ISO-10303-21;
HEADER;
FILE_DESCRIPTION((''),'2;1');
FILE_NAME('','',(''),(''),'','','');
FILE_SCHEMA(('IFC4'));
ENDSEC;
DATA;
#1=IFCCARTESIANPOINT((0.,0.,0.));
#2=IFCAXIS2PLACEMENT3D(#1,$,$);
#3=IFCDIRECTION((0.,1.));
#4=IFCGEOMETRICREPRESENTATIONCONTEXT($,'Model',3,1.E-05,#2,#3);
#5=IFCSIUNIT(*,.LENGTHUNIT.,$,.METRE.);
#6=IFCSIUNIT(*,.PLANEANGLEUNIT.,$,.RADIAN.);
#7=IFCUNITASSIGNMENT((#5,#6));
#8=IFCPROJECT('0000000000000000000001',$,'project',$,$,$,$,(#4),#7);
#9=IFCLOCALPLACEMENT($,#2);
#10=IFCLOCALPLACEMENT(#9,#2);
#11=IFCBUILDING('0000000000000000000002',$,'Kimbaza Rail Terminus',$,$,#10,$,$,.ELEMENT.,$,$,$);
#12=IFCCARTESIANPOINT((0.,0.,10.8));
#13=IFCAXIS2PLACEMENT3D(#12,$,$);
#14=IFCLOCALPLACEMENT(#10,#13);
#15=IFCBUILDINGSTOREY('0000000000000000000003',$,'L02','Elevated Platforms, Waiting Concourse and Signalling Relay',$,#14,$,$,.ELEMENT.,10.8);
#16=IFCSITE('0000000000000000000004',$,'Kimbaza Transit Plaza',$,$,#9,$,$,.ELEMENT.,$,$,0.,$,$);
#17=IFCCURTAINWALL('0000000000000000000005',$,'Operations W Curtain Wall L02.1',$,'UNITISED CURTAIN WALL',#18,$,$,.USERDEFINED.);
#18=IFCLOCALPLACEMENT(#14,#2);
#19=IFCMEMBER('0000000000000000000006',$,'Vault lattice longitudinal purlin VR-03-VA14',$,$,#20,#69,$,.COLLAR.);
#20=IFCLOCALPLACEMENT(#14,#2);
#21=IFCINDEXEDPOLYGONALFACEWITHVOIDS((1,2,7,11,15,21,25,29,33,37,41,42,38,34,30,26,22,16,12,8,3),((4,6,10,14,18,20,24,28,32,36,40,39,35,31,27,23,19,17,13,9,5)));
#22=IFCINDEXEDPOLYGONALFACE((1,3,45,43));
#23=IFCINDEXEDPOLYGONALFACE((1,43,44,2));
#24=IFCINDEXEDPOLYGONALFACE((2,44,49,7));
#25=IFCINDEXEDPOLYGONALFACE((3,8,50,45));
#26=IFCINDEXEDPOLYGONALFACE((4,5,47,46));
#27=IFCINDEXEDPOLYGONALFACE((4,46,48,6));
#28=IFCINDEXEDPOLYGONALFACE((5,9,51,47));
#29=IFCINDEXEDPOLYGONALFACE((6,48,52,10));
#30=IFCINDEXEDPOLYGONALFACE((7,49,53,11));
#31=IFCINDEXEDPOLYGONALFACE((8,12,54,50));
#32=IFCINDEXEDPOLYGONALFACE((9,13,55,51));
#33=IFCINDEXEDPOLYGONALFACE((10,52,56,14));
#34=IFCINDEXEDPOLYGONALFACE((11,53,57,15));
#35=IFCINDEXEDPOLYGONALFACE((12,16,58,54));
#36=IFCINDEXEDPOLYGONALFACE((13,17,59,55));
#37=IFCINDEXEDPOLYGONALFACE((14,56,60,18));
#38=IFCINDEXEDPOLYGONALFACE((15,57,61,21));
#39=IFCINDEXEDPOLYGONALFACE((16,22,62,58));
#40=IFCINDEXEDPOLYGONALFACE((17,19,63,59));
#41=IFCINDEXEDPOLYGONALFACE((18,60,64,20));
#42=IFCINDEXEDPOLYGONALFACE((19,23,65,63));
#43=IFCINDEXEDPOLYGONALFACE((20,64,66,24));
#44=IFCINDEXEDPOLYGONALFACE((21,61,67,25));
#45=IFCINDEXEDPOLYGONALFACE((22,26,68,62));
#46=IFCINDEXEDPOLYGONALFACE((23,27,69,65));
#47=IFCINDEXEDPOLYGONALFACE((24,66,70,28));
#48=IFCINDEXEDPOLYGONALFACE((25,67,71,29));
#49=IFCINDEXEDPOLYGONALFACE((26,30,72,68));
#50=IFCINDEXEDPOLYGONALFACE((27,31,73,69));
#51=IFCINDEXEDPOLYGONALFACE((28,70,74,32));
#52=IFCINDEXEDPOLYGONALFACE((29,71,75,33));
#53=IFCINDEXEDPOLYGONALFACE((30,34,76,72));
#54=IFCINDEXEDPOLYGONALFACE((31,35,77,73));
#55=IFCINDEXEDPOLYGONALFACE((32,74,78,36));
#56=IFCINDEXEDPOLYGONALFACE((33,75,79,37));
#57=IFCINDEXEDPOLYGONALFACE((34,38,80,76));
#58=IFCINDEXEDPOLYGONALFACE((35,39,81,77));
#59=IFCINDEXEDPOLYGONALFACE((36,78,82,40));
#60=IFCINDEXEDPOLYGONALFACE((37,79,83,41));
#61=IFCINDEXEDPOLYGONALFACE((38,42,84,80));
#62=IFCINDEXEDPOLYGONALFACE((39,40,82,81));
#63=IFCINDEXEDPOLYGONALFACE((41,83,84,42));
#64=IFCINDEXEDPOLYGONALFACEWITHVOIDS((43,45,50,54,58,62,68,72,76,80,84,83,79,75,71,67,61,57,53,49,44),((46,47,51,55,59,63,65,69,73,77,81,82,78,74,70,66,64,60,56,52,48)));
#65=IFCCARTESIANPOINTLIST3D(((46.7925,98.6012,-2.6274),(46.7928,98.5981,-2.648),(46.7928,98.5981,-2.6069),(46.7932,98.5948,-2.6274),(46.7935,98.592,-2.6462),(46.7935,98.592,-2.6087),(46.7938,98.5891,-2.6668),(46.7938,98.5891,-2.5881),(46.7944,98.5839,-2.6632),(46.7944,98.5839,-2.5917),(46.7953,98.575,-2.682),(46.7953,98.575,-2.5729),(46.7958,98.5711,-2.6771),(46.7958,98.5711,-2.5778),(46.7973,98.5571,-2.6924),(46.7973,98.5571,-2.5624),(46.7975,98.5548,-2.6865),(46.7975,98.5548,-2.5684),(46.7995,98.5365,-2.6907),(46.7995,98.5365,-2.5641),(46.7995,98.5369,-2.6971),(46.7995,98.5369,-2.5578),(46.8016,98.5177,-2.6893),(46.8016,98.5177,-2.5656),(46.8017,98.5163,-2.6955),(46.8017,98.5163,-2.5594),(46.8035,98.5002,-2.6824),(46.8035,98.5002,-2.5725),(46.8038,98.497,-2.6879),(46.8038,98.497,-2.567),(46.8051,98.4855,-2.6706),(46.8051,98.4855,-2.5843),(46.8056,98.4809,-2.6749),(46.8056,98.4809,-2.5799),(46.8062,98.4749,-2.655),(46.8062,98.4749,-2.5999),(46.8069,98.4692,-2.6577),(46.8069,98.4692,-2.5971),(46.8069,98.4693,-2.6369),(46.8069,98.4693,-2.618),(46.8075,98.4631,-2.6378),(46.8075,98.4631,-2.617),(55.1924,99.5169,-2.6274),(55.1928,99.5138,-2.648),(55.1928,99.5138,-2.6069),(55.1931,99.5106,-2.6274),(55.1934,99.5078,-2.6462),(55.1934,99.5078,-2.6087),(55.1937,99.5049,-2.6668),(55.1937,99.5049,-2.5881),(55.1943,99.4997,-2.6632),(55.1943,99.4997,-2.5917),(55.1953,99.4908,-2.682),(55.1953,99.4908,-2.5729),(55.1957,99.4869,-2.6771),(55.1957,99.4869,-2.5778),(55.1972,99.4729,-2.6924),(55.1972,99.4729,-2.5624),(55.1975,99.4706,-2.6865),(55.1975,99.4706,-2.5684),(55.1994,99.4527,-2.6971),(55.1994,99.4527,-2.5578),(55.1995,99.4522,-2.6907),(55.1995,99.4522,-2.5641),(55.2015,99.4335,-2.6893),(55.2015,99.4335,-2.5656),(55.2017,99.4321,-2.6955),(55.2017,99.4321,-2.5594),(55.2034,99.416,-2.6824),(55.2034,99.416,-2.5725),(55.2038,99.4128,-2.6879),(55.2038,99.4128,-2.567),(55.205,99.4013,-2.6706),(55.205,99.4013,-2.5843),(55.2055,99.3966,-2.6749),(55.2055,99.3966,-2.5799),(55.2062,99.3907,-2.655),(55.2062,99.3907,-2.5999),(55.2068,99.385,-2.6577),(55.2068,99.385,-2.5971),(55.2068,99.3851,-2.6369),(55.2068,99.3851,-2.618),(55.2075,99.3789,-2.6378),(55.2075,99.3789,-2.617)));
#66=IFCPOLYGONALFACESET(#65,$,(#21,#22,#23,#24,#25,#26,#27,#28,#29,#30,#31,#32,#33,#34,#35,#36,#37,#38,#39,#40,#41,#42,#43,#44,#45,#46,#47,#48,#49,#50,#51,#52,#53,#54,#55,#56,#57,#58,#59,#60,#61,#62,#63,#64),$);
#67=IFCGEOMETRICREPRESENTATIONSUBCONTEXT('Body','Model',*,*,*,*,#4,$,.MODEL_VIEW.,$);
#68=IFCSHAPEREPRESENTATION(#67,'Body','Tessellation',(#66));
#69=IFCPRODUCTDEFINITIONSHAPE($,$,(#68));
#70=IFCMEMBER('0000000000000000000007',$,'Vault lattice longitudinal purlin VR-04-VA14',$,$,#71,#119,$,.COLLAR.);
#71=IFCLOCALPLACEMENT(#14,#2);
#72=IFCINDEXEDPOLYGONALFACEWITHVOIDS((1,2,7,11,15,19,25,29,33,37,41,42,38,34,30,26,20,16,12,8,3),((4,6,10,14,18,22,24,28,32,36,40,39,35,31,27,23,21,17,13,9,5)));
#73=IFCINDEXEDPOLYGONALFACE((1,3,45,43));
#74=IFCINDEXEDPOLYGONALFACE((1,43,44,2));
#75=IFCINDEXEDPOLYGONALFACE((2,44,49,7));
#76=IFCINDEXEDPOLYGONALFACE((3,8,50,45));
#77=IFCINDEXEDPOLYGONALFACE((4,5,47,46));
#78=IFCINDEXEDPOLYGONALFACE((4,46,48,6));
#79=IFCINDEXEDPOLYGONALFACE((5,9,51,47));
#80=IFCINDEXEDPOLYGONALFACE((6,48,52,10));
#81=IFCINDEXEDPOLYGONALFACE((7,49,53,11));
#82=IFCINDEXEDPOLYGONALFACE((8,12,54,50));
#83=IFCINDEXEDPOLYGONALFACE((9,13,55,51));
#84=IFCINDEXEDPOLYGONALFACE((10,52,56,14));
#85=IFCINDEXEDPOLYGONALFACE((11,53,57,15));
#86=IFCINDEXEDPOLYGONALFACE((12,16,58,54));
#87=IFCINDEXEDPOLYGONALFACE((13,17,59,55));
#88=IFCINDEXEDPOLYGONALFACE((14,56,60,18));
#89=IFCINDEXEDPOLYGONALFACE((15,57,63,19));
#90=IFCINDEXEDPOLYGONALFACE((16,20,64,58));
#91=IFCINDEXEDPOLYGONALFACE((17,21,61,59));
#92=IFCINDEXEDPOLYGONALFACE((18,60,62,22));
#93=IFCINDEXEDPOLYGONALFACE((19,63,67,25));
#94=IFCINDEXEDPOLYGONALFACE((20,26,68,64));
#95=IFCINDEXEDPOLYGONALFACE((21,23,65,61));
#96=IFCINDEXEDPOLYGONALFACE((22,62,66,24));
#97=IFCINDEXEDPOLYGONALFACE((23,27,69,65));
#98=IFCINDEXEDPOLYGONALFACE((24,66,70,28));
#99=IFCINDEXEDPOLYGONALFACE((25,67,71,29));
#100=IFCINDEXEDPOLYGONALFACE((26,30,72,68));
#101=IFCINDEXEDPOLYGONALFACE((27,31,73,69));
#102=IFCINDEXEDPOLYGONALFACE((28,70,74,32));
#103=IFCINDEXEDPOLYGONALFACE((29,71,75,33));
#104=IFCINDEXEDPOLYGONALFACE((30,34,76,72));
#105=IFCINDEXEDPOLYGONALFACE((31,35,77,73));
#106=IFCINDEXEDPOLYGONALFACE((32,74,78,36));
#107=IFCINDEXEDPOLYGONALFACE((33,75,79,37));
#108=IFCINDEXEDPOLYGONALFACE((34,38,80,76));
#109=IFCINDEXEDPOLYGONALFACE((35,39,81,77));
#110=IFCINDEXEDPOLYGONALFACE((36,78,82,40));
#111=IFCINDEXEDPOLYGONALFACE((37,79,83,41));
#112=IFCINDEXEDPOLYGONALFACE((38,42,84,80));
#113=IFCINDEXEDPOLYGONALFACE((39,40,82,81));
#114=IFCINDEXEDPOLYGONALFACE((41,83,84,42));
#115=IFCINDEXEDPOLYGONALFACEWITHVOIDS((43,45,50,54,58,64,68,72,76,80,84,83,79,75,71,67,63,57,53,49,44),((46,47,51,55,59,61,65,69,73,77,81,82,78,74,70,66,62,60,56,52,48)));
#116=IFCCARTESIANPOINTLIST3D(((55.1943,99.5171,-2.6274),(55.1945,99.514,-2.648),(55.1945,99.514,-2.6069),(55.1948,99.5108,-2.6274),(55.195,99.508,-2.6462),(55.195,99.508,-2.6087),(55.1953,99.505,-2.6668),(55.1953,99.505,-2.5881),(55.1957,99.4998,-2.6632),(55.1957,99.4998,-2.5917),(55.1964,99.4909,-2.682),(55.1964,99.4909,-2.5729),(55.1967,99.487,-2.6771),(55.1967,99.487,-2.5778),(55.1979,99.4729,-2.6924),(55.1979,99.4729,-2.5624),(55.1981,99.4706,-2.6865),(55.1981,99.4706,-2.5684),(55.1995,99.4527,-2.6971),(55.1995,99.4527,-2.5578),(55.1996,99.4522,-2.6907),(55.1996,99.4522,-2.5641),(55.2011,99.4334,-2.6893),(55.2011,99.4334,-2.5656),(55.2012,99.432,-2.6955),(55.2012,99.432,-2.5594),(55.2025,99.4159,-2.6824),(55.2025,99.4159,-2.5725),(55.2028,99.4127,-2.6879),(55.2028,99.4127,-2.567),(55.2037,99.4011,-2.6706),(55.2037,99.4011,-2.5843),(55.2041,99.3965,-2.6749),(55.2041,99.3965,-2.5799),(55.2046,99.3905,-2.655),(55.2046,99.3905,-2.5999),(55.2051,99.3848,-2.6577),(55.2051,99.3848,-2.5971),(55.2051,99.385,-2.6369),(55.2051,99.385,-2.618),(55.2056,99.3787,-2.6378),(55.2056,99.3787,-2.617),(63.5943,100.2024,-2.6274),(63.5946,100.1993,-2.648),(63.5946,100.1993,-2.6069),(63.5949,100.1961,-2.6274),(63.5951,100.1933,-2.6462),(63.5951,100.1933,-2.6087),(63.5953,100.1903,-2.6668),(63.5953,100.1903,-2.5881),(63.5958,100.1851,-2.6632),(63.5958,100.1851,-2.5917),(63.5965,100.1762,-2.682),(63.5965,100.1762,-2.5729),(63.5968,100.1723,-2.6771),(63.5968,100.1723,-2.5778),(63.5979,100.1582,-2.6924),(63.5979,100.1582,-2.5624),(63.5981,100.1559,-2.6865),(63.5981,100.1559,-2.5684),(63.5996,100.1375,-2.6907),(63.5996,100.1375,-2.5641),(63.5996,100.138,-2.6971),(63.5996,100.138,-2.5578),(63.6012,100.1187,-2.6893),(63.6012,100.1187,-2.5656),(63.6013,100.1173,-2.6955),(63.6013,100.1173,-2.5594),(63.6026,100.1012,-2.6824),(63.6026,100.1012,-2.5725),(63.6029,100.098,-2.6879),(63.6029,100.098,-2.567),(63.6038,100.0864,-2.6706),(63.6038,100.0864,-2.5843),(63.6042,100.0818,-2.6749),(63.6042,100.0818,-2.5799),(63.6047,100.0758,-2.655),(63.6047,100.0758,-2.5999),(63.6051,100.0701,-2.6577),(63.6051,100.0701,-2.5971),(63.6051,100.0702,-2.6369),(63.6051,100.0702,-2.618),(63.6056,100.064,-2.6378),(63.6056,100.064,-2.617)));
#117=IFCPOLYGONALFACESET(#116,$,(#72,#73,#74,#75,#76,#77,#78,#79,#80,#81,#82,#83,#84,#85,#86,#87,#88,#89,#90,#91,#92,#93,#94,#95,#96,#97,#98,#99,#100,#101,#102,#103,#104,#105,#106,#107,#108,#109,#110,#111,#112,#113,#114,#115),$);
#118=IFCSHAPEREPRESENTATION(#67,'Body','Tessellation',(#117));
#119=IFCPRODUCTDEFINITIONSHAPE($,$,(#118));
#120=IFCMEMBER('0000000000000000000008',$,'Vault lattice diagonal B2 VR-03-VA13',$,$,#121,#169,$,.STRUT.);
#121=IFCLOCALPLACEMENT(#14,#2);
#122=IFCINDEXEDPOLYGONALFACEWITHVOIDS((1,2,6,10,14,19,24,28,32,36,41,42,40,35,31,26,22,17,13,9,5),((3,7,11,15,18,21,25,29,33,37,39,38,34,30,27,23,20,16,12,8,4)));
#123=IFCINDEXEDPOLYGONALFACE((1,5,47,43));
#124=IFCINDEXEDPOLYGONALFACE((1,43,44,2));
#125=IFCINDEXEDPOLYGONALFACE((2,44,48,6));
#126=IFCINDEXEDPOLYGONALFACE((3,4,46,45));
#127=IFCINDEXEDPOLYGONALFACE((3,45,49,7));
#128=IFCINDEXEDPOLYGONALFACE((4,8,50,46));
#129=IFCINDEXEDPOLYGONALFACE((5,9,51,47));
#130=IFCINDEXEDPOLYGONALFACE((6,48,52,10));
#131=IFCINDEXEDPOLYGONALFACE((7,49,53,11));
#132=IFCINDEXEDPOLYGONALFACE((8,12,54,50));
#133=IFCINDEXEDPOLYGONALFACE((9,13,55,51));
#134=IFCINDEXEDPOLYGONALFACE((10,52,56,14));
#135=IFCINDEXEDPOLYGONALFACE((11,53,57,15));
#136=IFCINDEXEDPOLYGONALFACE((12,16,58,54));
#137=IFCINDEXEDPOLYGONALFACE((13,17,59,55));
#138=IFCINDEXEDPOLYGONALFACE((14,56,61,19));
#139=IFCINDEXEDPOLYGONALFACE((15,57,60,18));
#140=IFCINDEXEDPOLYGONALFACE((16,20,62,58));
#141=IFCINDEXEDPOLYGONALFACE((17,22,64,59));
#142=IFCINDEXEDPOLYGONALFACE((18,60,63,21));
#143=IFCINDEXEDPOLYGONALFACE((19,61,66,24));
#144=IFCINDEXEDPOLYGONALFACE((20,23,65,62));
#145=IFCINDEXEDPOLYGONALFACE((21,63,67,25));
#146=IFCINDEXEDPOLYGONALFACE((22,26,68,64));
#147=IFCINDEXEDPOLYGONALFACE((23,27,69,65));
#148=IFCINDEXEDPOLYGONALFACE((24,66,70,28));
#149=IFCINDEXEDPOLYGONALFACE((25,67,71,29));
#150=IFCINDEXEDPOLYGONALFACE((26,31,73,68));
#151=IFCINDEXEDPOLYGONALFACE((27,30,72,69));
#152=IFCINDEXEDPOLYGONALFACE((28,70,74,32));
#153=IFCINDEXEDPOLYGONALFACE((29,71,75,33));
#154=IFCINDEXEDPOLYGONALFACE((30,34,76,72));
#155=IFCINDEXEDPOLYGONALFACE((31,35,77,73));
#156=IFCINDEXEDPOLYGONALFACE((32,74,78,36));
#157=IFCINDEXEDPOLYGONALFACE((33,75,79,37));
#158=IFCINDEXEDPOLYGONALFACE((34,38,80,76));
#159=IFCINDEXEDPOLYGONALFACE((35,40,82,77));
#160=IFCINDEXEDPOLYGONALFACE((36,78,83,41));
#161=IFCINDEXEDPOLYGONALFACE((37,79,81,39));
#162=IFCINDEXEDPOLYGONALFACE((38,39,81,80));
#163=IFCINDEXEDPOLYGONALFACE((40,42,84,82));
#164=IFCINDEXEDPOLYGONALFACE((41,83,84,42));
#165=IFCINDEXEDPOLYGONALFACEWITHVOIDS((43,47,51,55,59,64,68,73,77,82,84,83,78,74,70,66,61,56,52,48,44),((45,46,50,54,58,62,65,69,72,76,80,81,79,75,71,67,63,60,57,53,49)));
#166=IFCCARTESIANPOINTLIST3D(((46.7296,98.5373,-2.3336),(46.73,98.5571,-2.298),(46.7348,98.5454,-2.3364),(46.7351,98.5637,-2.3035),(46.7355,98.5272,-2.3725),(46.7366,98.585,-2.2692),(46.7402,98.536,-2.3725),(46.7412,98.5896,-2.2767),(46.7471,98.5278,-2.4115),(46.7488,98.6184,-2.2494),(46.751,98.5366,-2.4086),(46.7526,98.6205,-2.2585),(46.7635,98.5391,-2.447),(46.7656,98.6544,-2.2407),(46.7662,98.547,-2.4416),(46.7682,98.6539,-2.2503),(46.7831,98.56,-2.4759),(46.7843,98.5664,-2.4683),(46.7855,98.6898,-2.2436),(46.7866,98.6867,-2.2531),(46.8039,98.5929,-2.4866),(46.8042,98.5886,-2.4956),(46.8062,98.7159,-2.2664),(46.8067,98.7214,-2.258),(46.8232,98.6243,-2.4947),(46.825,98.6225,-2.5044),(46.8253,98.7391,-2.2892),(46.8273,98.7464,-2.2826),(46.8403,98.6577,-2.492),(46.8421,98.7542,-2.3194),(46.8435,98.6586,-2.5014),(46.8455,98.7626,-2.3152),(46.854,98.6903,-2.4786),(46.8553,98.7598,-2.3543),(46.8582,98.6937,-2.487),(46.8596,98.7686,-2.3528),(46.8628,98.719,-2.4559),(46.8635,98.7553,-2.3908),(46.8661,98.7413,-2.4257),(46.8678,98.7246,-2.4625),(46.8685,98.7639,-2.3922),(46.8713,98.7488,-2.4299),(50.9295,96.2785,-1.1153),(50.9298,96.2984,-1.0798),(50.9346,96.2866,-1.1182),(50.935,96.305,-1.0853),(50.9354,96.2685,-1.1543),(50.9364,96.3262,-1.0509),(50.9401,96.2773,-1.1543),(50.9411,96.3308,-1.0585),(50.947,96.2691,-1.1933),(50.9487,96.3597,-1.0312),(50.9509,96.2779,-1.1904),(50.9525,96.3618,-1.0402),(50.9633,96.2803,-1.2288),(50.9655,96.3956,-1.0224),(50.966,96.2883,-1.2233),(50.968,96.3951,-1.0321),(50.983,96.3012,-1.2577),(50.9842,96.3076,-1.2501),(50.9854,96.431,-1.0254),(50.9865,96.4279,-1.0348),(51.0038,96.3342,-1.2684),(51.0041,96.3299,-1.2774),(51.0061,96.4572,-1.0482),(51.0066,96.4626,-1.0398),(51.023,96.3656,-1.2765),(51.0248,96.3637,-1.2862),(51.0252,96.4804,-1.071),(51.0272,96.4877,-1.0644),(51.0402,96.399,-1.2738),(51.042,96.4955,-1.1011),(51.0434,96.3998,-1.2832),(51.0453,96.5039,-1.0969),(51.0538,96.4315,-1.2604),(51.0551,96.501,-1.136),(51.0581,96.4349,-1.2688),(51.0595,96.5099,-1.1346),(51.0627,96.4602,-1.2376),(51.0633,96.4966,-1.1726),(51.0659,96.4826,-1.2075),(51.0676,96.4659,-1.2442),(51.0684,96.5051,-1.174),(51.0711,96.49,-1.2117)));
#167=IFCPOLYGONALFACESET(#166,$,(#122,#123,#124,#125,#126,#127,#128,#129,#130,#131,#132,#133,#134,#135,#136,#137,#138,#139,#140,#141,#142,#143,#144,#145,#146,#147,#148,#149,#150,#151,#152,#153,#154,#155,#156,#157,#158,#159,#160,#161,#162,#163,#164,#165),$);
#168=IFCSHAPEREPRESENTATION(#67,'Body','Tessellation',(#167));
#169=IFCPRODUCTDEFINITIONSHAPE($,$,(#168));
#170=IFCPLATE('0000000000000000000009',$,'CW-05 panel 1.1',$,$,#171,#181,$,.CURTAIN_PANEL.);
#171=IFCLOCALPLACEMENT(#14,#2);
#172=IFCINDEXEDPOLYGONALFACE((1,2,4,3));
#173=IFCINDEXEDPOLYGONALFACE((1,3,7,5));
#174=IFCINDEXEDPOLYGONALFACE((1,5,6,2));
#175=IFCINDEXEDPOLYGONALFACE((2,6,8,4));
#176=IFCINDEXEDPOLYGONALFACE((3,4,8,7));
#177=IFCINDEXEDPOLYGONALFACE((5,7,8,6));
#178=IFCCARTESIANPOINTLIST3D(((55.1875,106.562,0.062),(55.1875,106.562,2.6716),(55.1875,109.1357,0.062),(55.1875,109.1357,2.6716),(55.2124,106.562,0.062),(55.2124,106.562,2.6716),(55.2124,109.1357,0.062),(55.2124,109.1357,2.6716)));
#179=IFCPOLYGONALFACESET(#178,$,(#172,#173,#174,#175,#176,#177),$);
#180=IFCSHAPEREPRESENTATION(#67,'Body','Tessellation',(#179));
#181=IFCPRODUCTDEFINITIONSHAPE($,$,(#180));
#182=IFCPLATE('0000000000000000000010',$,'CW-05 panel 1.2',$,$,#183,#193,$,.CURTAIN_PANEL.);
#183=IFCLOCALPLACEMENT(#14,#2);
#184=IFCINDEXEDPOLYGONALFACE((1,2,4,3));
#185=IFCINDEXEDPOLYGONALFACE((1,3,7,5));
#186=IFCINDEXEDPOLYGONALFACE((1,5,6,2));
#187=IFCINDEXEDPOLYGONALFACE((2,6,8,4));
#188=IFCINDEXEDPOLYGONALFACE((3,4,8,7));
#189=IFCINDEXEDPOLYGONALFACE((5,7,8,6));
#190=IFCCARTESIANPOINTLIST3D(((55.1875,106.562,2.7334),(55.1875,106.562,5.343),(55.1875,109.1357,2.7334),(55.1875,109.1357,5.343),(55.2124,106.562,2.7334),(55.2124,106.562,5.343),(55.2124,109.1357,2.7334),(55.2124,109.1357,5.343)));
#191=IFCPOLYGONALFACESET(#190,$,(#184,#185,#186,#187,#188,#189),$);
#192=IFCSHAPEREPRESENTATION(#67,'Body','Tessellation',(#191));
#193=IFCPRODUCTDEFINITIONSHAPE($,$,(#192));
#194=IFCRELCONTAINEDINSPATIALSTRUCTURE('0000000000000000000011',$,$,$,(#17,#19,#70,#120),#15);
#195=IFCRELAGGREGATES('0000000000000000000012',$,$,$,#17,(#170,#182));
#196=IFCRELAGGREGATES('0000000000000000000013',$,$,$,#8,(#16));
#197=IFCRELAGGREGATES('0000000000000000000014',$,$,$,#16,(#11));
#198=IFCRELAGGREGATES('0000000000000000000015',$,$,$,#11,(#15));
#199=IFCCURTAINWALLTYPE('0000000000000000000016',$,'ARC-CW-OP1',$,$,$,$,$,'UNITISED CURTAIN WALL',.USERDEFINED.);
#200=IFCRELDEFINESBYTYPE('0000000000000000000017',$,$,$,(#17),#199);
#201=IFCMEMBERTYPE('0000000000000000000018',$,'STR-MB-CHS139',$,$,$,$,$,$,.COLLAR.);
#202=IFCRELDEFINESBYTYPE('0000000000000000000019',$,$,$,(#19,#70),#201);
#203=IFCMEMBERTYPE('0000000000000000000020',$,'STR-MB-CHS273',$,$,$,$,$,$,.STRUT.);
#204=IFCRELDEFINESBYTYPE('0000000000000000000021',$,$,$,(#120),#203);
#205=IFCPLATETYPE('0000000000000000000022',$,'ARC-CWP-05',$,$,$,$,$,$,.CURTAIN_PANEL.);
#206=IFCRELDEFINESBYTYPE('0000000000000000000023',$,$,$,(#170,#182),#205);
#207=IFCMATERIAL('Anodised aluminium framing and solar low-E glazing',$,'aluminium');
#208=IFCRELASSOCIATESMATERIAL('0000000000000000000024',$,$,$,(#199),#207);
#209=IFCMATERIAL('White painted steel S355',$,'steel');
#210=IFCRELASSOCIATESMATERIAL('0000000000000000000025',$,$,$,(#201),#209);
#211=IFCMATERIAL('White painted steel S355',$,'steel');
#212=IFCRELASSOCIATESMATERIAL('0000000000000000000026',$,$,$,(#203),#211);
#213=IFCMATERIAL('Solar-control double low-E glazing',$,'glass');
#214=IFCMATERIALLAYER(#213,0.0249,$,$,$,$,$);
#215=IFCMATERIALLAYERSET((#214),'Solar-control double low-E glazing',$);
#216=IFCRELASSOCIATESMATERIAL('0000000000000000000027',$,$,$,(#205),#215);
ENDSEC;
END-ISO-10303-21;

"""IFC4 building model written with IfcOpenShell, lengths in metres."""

from ifc_helpers import new_model, si_unit, direction, frame, origin, origin_2d, place, context, subcontext, project, spatial, rectangle, hollow_circle, extrude, material, layer, layer_set, material_profile, profile_set, type_object, element, aggregate, save


model = new_model("IFC4")

# Units and contexts
model_context = context("Model", 3, precision=1e-05, world=origin(), true_north=direction((0.0, 1.0)))
body_context = subcontext(model_context, "Body", "Model", "MODEL_VIEW")
ifc_project = project(units=[si_unit("LENGTHUNIT", "METRE"), si_unit("PLANEANGLEUNIT", "RADIAN")], contexts=[model_context])

# Site, building, storey
site_placement = place(None, origin())
site = spatial("IfcSite", under=ifc_project, at=site_placement, Name="Kimbaza Transit Plaza", CompositionType="ELEMENT", RefElevation=0.0)
building_placement = place(site_placement, origin())
building = spatial("IfcBuilding", under=site, at=building_placement, Name="Kimbaza Rail Terminus", CompositionType="ELEMENT")
storey_placement = place(building_placement, frame((0.0, 0.0, 10.8)))
storey = spatial("IfcBuildingStorey", under=building, at=storey_placement, Name="L02", Description="Elevated Platforms, Waiting Concourse and Signalling Relay", CompositionType="ELEMENT", Elevation=10.8)

# Curtain wall
ifc_material_1 = material(Name="Anodised aluminium framing and solar low-E glazing", Category="aluminium")
curtain_wall_type = type_object("IfcCurtainWallType", Name="ARC-CW-OP1", ElementType="UNITISED CURTAIN WALL", PredefinedType="USERDEFINED", material=ifc_material_1)
curtain_wall_placement = place(storey_placement, origin())
curtain_wall = element("IfcCurtainWall", 1, at=curtain_wall_placement, inside=storey, type_object=curtain_wall_type, Name="Operations W Curtain Wall L02.1", ObjectType="UNITISED CURTAIN WALL", PredefinedType="USERDEFINED")

# Members
ifc_material_2 = material(Name="White painted steel S355", Category="steel")
ifc_material_profile_1 = material_profile(ifc_material_2, hollow_circle(Radius=0.0698, WallThickness=0.0063, at=origin_2d()), Name="CHS 139.7x6.3")
ifc_profile_set_1 = profile_set([ifc_material_profile_1], Name="White painted steel S355")
member_type_1 = type_object("IfcMemberType", Name="STR-MB-CHS139", PredefinedType="COLLAR", material=ifc_profile_set_1)
member_1_placement = place(storey_placement, frame((46.8, 98.5317, -2.6274), z_axis=(0.99411, 0.10838, 0.0), x_axis=(-0.10838, 0.99411, 0.0)))
element("IfcMember", 2, at=member_1_placement, inside=storey, type_object=member_type_1, Name="Vault lattice longitudinal purlin VR-03-VA14", PredefinedType="COLLAR", context=body_context, shape_type="SweptSolid", body=[
    extrude(hollow_circle(Radius=0.0698, WallThickness=0.0063, at=origin_2d()), origin(), (0.0, 0.0, 1.0), 8.4497),
])
member_2_placement = place(storey_placement, frame((55.2, 99.4475, -2.6274), z_axis=(0.996689, 0.081312, 0.0), x_axis=(-0.081312, 0.996689, 0.0)))
element("IfcMember", 3, at=member_2_placement, inside=storey, type_object=member_type_1, Name="Vault lattice longitudinal purlin VR-04-VA14", PredefinedType="COLLAR", context=body_context, shape_type="SweptSolid", body=[
    extrude(hollow_circle(Radius=0.0698, WallThickness=0.0063, at=origin_2d()), origin(), (0.0, 0.0, 1.0), 8.428),
])
ifc_material_3 = material(Name="White painted steel S355", Category="steel")
ifc_material_profile_2 = material_profile(ifc_material_3, hollow_circle(Radius=0.1365, WallThickness=0.01, at=origin_2d()), Name="CHS 273x10")
ifc_profile_set_2 = profile_set([ifc_material_profile_2], Name="White painted steel S355")
member_type_2 = type_object("IfcMemberType", Name="STR-MB-CHS273", PredefinedType="STRUT", material=ifc_profile_set_2)
member_3_placement = place(storey_placement, frame((51.0, 96.3887, -1.1543), z_axis=(-0.853305, 0.458919, -0.247515), x_axis=(-0.473657, -0.880709, 0.0)))
element("IfcMember", 4, at=member_3_placement, inside=storey, type_object=member_type_2, Name="Vault lattice diagonal B2 VR-03-VA13", PredefinedType="STRUT", context=body_context, shape_type="SweptSolid", body=[
    extrude(hollow_circle(Radius=0.1365, WallThickness=0.01, at=origin_2d()), origin(), (0.0, 0.0, 1.0), 4.9219),
])

# Plates
ifc_material_4 = material(Name="Solar-control double low-E glazing", Category="glass")
ifc_layer_1 = layer(ifc_material_4, 0.0249)
ifc_layer_set_1 = layer_set([ifc_layer_1], Name="Solar-control double low-E glazing")
plate_type_1 = type_object("IfcPlateType", Name="ARC-CWP-05", PredefinedType="CURTAIN_PANEL", material=ifc_layer_set_1)
plate_1_placement = place(storey_placement, frame((55.2, 107.8489, 0.062), z_axis=(0.0, 0.0, 1.0), x_axis=(0.0, 1.0, 0.0)))
plate_1 = element("IfcPlate", 5, at=plate_1_placement, type_object=plate_type_1, Name="CW-05 panel 1.1", PredefinedType="CURTAIN_PANEL", context=body_context, shape_type="SweptSolid", body=[
    extrude(rectangle(XDim=2.5737, YDim=0.0249, at=origin_2d()), origin(), (0.0, 0.0, 1.0), 2.6096),
])
plate_2_placement = place(storey_placement, frame((55.2, 107.8489, 2.7334), z_axis=(0.0, 0.0, 1.0), x_axis=(0.0, 1.0, 0.0)))
plate_2 = element("IfcPlate", 6, at=plate_2_placement, type_object=plate_type_1, Name="CW-05 panel 1.2", PredefinedType="CURTAIN_PANEL", context=body_context, shape_type="SweptSolid", body=[
    extrude(rectangle(XDim=2.5737, YDim=0.0249, at=origin_2d()), origin(), (0.0, 0.0, 1.0), 2.6096),
])
aggregate(curtain_wall, [plate_1, plate_2])

save(model, "model.ifc")
